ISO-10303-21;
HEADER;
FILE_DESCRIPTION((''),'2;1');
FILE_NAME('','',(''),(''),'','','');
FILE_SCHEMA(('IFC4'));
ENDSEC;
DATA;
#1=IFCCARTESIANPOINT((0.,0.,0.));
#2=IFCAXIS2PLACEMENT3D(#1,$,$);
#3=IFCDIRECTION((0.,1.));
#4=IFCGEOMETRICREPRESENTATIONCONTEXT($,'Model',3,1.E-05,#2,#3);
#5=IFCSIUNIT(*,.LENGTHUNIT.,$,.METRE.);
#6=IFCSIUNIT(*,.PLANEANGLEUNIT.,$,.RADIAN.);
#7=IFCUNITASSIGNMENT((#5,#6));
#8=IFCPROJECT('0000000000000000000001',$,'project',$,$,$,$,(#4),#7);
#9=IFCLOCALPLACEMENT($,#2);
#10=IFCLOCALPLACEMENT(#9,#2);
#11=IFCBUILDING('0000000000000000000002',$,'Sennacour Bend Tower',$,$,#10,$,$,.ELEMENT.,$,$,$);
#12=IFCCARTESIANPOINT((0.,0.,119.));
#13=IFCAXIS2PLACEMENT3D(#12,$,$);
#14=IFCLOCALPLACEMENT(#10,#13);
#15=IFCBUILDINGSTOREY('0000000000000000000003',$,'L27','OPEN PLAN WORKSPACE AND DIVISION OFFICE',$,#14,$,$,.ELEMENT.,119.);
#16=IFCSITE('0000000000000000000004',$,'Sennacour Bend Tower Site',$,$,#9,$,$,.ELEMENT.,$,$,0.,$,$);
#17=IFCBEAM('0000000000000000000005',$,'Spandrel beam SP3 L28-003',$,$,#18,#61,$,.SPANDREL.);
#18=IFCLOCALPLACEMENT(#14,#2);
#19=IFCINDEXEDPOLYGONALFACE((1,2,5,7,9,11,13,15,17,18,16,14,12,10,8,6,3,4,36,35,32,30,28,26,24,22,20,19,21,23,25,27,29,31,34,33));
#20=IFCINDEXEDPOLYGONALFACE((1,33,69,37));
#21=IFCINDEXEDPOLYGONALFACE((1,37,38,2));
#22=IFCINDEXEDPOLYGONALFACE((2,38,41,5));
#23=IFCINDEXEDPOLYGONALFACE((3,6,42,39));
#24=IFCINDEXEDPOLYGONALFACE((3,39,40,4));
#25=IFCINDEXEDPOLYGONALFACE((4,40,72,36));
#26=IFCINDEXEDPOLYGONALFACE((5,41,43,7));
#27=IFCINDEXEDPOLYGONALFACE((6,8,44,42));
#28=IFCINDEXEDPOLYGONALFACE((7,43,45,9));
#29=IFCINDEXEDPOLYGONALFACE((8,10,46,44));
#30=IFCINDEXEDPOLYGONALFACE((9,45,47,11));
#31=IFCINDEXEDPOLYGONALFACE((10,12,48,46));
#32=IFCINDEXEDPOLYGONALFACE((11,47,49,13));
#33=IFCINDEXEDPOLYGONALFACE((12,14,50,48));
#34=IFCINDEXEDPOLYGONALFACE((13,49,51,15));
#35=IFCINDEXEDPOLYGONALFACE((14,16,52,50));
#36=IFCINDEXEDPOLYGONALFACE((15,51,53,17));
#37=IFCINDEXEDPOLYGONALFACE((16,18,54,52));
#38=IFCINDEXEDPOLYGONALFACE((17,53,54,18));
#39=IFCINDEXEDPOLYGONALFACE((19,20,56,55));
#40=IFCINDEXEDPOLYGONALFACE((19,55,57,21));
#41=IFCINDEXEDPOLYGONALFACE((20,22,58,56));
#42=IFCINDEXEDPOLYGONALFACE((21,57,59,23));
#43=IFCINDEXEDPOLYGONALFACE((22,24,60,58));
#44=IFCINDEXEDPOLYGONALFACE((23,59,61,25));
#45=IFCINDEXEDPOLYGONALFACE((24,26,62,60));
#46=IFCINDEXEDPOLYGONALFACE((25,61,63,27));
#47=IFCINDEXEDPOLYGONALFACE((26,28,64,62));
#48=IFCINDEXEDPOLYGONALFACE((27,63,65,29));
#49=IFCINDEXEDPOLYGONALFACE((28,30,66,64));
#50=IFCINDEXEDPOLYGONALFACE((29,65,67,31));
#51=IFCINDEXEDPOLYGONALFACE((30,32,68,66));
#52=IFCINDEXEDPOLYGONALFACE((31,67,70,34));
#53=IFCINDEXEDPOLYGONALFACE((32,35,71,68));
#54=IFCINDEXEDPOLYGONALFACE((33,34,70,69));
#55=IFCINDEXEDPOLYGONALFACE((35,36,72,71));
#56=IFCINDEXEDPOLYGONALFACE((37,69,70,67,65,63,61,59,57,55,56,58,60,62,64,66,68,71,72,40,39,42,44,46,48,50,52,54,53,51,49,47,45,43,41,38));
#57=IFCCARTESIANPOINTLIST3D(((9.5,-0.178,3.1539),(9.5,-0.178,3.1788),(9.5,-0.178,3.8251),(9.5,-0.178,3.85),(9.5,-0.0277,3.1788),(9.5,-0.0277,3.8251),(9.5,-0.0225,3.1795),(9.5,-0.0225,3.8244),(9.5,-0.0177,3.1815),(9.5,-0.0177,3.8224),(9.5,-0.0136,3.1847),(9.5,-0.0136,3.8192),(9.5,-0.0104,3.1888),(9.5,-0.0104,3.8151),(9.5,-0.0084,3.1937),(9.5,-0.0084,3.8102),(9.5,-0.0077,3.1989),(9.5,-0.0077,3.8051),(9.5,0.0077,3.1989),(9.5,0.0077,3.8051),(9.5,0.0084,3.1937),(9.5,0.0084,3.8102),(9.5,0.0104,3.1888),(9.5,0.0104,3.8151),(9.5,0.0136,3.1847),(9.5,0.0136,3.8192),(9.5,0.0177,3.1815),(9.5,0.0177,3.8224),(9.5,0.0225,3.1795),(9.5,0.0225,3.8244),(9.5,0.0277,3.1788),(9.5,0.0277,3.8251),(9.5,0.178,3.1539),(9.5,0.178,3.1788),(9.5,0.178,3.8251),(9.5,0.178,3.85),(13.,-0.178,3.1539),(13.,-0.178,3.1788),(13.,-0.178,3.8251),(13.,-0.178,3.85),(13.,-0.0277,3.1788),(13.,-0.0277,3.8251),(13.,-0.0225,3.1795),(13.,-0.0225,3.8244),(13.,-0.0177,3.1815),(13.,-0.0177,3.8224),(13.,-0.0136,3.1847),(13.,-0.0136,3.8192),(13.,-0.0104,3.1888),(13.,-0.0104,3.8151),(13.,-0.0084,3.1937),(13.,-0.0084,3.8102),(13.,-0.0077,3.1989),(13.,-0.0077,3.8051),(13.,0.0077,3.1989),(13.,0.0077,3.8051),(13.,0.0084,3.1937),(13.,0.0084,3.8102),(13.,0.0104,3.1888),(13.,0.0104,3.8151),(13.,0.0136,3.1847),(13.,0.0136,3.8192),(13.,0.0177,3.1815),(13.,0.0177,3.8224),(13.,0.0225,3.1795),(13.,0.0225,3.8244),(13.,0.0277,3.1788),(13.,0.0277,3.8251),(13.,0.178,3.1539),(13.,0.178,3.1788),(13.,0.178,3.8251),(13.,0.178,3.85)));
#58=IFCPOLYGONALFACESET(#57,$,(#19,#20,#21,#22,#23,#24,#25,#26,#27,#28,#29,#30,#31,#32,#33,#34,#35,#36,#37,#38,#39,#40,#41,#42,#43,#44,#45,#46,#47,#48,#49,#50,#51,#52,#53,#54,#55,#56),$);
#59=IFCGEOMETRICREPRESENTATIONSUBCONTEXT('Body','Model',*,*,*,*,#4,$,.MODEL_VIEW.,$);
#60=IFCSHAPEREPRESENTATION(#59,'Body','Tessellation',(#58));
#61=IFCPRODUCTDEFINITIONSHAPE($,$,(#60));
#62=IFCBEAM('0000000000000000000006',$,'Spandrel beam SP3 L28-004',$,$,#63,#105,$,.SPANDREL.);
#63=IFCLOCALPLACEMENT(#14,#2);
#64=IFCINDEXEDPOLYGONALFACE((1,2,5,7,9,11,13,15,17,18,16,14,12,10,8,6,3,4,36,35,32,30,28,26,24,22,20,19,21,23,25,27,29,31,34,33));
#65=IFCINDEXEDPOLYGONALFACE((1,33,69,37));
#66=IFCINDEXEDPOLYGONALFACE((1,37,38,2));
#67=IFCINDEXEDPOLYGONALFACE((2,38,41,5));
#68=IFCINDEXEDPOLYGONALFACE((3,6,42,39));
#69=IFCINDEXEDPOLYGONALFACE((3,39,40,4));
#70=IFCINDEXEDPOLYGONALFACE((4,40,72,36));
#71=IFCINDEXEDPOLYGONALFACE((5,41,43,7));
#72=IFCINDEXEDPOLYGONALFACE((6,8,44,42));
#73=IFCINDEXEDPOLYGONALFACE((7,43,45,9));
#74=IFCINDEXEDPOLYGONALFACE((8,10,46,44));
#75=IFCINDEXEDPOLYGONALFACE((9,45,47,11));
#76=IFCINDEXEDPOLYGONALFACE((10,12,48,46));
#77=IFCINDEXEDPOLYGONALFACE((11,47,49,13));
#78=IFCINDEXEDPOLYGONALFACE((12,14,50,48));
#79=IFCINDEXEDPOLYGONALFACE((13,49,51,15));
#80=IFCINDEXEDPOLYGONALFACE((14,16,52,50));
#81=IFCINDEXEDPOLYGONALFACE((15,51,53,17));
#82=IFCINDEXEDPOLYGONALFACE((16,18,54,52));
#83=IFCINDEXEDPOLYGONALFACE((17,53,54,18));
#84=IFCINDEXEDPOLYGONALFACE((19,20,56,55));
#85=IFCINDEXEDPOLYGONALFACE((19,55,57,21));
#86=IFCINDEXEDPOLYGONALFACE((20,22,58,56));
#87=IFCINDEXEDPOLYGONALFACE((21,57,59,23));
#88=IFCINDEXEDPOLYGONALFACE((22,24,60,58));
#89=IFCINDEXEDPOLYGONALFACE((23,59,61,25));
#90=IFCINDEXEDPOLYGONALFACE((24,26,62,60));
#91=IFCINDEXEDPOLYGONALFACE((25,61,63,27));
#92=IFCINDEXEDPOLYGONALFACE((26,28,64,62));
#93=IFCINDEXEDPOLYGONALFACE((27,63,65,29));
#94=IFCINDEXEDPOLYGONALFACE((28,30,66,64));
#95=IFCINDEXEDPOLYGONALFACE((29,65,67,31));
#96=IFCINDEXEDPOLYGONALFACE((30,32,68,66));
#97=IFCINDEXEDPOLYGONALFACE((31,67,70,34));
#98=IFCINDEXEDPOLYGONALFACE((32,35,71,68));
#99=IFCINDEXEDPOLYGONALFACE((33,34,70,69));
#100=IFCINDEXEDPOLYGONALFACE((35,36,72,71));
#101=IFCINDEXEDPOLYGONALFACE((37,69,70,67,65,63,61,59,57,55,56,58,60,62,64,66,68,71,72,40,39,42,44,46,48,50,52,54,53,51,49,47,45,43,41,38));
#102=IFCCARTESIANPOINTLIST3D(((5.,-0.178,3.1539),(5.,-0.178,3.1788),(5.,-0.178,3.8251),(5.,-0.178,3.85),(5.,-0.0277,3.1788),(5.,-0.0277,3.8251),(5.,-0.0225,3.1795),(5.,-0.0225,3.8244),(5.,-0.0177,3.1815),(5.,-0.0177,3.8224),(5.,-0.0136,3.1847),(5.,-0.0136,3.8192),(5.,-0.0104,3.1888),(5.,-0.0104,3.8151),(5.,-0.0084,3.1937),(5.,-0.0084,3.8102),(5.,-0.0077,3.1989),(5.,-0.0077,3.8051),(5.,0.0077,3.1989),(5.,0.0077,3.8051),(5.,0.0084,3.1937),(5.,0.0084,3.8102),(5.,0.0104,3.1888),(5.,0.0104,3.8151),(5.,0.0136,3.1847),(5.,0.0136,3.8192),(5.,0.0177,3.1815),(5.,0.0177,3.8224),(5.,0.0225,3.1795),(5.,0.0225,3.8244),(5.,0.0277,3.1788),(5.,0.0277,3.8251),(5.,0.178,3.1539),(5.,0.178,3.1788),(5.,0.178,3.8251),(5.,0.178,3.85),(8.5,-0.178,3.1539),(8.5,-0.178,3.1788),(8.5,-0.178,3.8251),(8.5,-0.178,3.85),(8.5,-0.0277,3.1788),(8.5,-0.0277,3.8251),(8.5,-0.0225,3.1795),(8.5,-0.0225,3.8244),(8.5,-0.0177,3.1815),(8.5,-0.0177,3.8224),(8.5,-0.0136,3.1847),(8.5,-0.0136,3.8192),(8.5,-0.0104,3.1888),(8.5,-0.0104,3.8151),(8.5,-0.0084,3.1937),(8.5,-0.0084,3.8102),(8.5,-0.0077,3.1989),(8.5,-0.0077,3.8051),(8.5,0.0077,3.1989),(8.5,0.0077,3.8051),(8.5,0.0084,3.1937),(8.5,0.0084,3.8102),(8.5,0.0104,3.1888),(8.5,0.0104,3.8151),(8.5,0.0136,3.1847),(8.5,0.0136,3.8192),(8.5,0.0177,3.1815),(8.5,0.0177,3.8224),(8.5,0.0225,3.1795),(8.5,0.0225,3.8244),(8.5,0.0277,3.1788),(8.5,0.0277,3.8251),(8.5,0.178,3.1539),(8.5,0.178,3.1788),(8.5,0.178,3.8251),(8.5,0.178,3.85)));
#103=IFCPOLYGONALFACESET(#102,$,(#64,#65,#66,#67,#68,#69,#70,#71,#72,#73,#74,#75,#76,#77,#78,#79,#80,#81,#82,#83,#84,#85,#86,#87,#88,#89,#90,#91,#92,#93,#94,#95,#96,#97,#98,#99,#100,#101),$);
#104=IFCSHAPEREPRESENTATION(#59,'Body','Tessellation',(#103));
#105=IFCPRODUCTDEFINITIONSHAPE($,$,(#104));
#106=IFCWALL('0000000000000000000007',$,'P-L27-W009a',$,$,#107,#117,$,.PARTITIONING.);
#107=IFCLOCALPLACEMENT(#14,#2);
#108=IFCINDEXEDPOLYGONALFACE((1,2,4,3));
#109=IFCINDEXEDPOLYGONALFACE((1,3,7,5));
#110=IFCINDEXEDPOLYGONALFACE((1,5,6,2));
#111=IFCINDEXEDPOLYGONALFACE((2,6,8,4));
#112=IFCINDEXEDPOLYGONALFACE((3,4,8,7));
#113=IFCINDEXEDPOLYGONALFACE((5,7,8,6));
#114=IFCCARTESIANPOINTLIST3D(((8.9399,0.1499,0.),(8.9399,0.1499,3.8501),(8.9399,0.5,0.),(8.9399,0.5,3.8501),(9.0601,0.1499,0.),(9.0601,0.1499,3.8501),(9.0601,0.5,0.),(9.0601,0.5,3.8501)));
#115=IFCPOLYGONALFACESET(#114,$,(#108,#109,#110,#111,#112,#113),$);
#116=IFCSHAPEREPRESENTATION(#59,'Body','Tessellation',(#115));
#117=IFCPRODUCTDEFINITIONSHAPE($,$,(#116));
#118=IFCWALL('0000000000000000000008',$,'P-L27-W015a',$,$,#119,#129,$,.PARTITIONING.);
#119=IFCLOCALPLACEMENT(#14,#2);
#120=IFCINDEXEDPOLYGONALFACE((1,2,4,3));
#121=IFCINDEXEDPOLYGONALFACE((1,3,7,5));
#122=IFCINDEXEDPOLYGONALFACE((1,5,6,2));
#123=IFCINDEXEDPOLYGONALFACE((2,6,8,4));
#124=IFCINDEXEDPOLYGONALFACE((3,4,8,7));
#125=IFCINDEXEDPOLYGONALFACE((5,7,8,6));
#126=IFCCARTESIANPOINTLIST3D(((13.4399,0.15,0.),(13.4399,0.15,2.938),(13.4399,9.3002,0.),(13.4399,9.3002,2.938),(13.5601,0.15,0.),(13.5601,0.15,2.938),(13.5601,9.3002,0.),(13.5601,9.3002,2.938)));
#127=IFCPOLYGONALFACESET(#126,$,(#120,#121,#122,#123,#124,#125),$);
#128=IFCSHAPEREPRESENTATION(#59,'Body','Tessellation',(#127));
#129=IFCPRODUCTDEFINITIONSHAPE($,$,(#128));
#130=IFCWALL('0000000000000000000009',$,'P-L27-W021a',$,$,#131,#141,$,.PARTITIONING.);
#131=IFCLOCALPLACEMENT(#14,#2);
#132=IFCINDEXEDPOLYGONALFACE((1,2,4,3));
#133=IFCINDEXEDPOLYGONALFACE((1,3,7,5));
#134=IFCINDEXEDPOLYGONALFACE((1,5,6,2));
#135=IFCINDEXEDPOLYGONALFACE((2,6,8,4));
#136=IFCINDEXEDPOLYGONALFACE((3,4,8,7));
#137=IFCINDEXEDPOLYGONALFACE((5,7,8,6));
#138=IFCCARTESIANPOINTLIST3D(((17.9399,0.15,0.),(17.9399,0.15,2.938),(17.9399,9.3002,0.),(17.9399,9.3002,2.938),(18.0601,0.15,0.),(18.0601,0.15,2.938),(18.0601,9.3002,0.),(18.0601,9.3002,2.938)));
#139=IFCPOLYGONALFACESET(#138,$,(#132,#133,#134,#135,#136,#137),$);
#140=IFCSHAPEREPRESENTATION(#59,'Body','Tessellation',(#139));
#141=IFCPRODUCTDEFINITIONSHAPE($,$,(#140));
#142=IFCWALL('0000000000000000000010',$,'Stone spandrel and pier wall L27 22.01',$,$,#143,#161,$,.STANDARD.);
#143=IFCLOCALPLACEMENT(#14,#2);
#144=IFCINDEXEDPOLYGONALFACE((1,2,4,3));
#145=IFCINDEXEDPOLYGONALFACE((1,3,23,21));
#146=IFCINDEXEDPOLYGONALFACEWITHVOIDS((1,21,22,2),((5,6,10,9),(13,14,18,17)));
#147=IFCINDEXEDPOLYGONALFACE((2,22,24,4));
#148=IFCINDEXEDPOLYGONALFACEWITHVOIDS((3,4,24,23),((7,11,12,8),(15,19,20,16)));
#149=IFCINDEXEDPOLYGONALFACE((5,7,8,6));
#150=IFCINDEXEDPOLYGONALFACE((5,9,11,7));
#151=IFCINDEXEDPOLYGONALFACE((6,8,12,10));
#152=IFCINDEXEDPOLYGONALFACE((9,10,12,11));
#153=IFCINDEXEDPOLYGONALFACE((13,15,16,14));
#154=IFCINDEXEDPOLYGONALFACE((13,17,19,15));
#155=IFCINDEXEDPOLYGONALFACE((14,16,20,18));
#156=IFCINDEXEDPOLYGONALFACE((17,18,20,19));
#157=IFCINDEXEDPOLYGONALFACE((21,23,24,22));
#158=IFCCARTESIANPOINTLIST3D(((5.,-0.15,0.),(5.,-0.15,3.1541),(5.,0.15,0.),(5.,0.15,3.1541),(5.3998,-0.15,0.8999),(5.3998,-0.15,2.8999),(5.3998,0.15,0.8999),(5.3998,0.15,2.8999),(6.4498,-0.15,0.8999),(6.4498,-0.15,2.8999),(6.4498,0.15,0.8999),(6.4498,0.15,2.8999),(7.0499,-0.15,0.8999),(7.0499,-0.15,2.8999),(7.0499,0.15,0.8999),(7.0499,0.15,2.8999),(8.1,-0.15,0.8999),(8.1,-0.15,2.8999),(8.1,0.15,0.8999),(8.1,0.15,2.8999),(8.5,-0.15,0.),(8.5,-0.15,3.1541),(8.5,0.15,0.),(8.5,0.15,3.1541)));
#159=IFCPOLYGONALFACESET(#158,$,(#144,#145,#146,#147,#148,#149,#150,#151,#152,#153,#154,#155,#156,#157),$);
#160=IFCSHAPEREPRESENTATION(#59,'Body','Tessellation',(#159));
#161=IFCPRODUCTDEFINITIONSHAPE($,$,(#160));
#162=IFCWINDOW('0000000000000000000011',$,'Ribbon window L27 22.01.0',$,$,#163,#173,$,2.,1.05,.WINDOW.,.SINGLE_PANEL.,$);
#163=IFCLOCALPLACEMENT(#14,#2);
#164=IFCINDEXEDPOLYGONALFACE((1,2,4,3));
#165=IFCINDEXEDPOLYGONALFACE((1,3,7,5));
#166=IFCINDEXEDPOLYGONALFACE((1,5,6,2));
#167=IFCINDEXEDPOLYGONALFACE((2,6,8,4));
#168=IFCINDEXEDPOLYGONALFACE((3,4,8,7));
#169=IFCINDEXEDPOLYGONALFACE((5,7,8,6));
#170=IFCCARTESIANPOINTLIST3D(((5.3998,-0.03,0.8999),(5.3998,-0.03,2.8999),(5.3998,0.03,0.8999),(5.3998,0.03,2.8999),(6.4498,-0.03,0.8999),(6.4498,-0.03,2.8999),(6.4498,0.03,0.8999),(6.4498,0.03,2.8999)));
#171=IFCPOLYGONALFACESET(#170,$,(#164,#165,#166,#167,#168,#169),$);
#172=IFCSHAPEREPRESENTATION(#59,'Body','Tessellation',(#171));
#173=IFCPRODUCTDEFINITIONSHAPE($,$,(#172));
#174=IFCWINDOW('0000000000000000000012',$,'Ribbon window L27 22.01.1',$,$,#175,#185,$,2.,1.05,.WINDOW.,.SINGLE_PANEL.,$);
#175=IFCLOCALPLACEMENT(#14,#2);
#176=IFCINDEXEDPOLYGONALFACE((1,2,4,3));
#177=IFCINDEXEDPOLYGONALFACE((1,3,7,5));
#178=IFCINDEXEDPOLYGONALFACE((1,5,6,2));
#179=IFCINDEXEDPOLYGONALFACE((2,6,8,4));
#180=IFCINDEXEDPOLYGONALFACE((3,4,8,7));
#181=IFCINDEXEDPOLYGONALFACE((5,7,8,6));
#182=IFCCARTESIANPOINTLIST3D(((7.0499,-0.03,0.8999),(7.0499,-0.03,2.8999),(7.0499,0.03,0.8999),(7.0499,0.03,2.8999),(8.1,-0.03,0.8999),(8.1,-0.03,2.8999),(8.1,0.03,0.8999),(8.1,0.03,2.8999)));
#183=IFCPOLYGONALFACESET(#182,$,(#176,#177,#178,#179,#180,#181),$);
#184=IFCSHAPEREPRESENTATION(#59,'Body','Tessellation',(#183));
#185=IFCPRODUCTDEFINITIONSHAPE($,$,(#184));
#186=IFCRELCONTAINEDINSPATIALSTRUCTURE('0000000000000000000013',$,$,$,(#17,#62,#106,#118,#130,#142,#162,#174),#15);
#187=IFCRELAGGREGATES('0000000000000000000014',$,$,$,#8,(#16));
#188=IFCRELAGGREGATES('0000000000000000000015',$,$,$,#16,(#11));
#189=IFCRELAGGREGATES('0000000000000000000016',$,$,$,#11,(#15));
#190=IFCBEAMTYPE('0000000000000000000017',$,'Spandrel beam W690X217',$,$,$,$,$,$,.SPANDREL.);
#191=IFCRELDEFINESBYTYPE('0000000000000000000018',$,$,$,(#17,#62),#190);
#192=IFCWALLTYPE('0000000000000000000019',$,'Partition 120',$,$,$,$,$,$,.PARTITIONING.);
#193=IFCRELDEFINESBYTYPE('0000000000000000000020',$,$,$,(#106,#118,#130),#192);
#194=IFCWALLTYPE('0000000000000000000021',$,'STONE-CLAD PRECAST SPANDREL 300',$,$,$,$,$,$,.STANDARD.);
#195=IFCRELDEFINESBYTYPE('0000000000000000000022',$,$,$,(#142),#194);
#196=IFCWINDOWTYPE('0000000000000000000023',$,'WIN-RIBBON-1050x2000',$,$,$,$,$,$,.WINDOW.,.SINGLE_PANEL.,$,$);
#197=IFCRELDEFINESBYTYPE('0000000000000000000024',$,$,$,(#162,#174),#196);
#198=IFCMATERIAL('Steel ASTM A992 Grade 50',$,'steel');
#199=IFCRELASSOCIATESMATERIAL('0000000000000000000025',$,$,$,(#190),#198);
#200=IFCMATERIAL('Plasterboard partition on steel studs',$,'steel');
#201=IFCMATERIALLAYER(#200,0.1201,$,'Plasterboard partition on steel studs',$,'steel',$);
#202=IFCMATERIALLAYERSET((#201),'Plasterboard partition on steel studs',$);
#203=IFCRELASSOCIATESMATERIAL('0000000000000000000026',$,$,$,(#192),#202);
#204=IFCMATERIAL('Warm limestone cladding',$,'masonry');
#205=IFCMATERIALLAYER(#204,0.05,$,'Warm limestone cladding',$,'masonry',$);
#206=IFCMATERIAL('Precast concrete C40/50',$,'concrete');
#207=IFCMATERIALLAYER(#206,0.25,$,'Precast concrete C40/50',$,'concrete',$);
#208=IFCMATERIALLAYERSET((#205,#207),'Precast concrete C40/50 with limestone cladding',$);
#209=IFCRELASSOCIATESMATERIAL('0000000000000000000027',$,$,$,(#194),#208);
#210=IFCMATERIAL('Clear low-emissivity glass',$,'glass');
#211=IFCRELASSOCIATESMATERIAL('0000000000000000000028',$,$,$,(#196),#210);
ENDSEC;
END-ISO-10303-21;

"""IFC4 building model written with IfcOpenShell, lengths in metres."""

from ifc_helpers import new_model, si_unit, direction, frame, frame_2d, origin, origin_2d, place, context, subcontext, project, spatial, rectangle, i_section, extrude, material, layer, layer_set, material_profile, profile_set, type_object, element, fill, save


model = new_model("IFC4")

# Units and contexts
model_context = context("Model", 3, precision=1e-05, world=origin(), true_north=direction((0.0, 1.0)))
body_context = subcontext(model_context, "Body", "Model", "MODEL_VIEW")
ifc_project = project(units=[si_unit("LENGTHUNIT", "METRE"), si_unit("PLANEANGLEUNIT", "RADIAN")], contexts=[model_context])

# Site, building, storey
site_placement = place(None, origin())
site = spatial("IfcSite", under=ifc_project, at=site_placement, Name="Sennacour Bend Tower Site", CompositionType="ELEMENT", RefElevation=0.0)
building_placement = place(site_placement, origin())
building = spatial("IfcBuilding", under=site, at=building_placement, Name="Sennacour Bend Tower", CompositionType="ELEMENT")
storey_placement = place(building_placement, frame((0.0, 0.0, 119.0)))
storey = spatial("IfcBuildingStorey", under=building, at=storey_placement, Name="L27", Description="OPEN PLAN WORKSPACE AND DIVISION OFFICE", CompositionType="ELEMENT", Elevation=119.0)

# Beams
ifc_material_1 = material(Name="Steel ASTM A992 Grade 50", Category="steel")
ifc_material_profile_1 = material_profile(ifc_material_1, i_section(OverallWidth=0.356, OverallDepth=0.696, WebThickness=0.0154, FlangeThickness=0.0249, FilletRadius=0.02, at=origin_2d()), Name="Steel ASTM A992 Grade 50", Category="steel")
ifc_profile_set_1 = profile_set([ifc_material_profile_1], Name="Steel ASTM A992 Grade 50")
beam_type_1 = type_object("IfcBeamType", Name="Spandrel beam W690X217", PredefinedType="SPANDREL", material=ifc_profile_set_1)
for number, where, z_axis, x_axis, name in (
    (1, (13.0, 0.0, 3.502), (-1.0, 0.0, 0.0), (0.0, -1.0, 0.0), "Spandrel beam SP3 L28-003"),
    (2, (8.5, 0.0, 3.502), (-1.0, 0.0, 0.0), (0.0, -1.0, 0.0), "Spandrel beam SP3 L28-004"),
):
    element("IfcBeam", number, at=place(storey_placement, frame(where, z_axis=z_axis, x_axis=x_axis)), inside=storey, type_object=beam_type_1, Name=name, PredefinedType="SPANDREL", context=body_context, shape_type="SweptSolid", body=[
        extrude(i_section(OverallWidth=0.356, OverallDepth=0.696, WebThickness=0.0154, FlangeThickness=0.0249, FilletRadius=0.02, at=origin_2d()), origin(), (0.0, 0.0, 1.0), 3.5),
    ])

# Walls
ifc_material_2 = material(Name="Plasterboard partition on steel studs", Category="steel")
ifc_layer_1 = layer(ifc_material_2, 0.1201, Name="Plasterboard partition on steel studs", Category="steel")
ifc_layer_set_1 = layer_set([ifc_layer_1], Name="Plasterboard partition on steel studs")
wall_type_1 = type_object("IfcWallType", Name="Partition 120", PredefinedType="PARTITIONING", material=ifc_layer_set_1)
wall_1_placement = place(storey_placement, frame((9.0, 0.1499, 0.0), z_axis=(0.0, 0.0, 1.0), x_axis=(0.0, 1.0, 0.0)))
element("IfcWall", 3, at=wall_1_placement, inside=storey, type_object=wall_type_1, Name="P-L27-W009a", PredefinedType="PARTITIONING", context=body_context, shape_type="SweptSolid", body=[
    extrude(rectangle(XDim=0.3501, YDim=0.1201, at=frame_2d((0.175, 0.0))), origin(), (0.0, 0.0, 1.0), 3.8501),
])
for number, where, z_axis, x_axis, name in (
    (4, (13.5, 0.1499, 0.0), (0.0, 0.0, 1.0), (0.0, 1.0, 0.0), "P-L27-W015a"),
    (5, (18.0, 0.1499, 0.0), (0.0, 0.0, 1.0), (0.0, 1.0, 0.0), "P-L27-W021a"),
):
    element("IfcWall", number, at=place(storey_placement, frame(where, z_axis=z_axis, x_axis=x_axis)), inside=storey, type_object=wall_type_1, Name=name, PredefinedType="PARTITIONING", context=body_context, shape_type="SweptSolid", body=[
        extrude(rectangle(XDim=9.1501, YDim=0.1201, at=frame_2d((4.5752, 0.0))), origin(), (0.0, 0.0, 1.0), 2.938),
    ])

# Wall, openings, windows
ifc_material_3 = material(Name="Warm limestone cladding", Category="masonry")
ifc_layer_2 = layer(ifc_material_3, 0.05, Name="Warm limestone cladding", Category="masonry")
ifc_material_4 = material(Name="Precast concrete C40/50", Category="concrete")
ifc_layer_3 = layer(ifc_material_4, 0.25, Name="Precast concrete C40/50", Category="concrete")
ifc_layer_set_2 = layer_set([ifc_layer_2, ifc_layer_3], Name="Precast concrete C40/50 with limestone cladding")
wall_type_2 = type_object("IfcWallType", Name="STONE-CLAD PRECAST SPANDREL 300", PredefinedType="STANDARD", material=ifc_layer_set_2)
wall_2_placement = place(storey_placement, frame((5.0, 0.0, 0.0), z_axis=(0.0, 0.0, 1.0), x_axis=(1.0, 0.0, 0.0)))
wall_2 = element("IfcWall", 6, at=wall_2_placement, inside=storey, type_object=wall_type_2, Name="Stone spandrel and pier wall L27 22.01", PredefinedType="STANDARD", context=body_context, shape_type="SweptSolid", body=[
    extrude(rectangle(XDim=3.5, YDim=0.3, at=frame_2d((1.75, 0.0))), origin(), (0.0, 0.0, 1.0), 3.1541),
])
opening_1_placement = place(wall_2_placement, frame((0.3999, 0.0, 0.8999)))
opening_1 = element("IfcOpeningElement", 7, at=opening_1_placement, cuts=wall_2, PredefinedType="OPENING", context=body_context, shape_type="SweptSolid", body=[
    extrude(rectangle(XDim=1.05, YDim=2.0, at=frame_2d((0.5249, 1.0))), frame((0.0, 0.1602, 0.0), z_axis=(0.0, -1.0, 0.0), x_axis=(1.0, 0.0, 0.0)), (0.0, 0.0, 1.0), 0.3201),
])
opening_2_placement = place(wall_2_placement, frame((2.05, 0.0, 0.8999)))
opening_2 = element("IfcOpeningElement", 8, at=opening_2_placement, cuts=wall_2, PredefinedType="OPENING", context=body_context, shape_type="SweptSolid", body=[
    extrude(rectangle(XDim=1.05, YDim=2.0, at=frame_2d((0.5249, 1.0))), frame((0.0, 0.1602, 0.0), z_axis=(0.0, -1.0, 0.0), x_axis=(1.0, 0.0, 0.0)), (0.0, 0.0, 1.0), 0.3201),
])
ifc_material_5 = material(Name="Clear low-emissivity glass", Category="glass")
window_type = type_object("IfcWindowType", Name="WIN-RIBBON-1050x2000", PartitioningType="SINGLE_PANEL", PredefinedType="WINDOW", material=ifc_material_5)
window_1_placement = place(opening_1_placement, origin())
window_1 = element("IfcWindow", 9, at=window_1_placement, inside=storey, type_object=window_type, Name="Ribbon window L27 22.01.0", OverallHeight=2.0, OverallWidth=1.05, PartitioningType="SINGLE_PANEL", PredefinedType="WINDOW", context=body_context, shape_type="SweptSolid", body=[
    extrude(rectangle(XDim=1.05, YDim=2.0, at=frame_2d((0.5249, 1.0))), frame((0.0, 0.03, 0.0), z_axis=(0.0, -1.0, 0.0), x_axis=(1.0, 0.0, 0.0)), (0.0, 0.0, 1.0), 0.0601),
])
fill(opening_1, window_1)
window_2_placement = place(opening_2_placement, origin())
window_2 = element("IfcWindow", 10, at=window_2_placement, inside=storey, type_object=window_type, Name="Ribbon window L27 22.01.1", OverallHeight=2.0, OverallWidth=1.05, PartitioningType="SINGLE_PANEL", PredefinedType="WINDOW", context=body_context, shape_type="SweptSolid", body=[
    extrude(rectangle(XDim=1.05, YDim=2.0, at=frame_2d((0.5249, 1.0))), frame((0.0, 0.03, 0.0), z_axis=(0.0, -1.0, 0.0), x_axis=(1.0, 0.0, 0.0)), (0.0, 0.0, 1.0), 0.0601),
])
fill(opening_2, window_2)

save(model, "model.ifc")
